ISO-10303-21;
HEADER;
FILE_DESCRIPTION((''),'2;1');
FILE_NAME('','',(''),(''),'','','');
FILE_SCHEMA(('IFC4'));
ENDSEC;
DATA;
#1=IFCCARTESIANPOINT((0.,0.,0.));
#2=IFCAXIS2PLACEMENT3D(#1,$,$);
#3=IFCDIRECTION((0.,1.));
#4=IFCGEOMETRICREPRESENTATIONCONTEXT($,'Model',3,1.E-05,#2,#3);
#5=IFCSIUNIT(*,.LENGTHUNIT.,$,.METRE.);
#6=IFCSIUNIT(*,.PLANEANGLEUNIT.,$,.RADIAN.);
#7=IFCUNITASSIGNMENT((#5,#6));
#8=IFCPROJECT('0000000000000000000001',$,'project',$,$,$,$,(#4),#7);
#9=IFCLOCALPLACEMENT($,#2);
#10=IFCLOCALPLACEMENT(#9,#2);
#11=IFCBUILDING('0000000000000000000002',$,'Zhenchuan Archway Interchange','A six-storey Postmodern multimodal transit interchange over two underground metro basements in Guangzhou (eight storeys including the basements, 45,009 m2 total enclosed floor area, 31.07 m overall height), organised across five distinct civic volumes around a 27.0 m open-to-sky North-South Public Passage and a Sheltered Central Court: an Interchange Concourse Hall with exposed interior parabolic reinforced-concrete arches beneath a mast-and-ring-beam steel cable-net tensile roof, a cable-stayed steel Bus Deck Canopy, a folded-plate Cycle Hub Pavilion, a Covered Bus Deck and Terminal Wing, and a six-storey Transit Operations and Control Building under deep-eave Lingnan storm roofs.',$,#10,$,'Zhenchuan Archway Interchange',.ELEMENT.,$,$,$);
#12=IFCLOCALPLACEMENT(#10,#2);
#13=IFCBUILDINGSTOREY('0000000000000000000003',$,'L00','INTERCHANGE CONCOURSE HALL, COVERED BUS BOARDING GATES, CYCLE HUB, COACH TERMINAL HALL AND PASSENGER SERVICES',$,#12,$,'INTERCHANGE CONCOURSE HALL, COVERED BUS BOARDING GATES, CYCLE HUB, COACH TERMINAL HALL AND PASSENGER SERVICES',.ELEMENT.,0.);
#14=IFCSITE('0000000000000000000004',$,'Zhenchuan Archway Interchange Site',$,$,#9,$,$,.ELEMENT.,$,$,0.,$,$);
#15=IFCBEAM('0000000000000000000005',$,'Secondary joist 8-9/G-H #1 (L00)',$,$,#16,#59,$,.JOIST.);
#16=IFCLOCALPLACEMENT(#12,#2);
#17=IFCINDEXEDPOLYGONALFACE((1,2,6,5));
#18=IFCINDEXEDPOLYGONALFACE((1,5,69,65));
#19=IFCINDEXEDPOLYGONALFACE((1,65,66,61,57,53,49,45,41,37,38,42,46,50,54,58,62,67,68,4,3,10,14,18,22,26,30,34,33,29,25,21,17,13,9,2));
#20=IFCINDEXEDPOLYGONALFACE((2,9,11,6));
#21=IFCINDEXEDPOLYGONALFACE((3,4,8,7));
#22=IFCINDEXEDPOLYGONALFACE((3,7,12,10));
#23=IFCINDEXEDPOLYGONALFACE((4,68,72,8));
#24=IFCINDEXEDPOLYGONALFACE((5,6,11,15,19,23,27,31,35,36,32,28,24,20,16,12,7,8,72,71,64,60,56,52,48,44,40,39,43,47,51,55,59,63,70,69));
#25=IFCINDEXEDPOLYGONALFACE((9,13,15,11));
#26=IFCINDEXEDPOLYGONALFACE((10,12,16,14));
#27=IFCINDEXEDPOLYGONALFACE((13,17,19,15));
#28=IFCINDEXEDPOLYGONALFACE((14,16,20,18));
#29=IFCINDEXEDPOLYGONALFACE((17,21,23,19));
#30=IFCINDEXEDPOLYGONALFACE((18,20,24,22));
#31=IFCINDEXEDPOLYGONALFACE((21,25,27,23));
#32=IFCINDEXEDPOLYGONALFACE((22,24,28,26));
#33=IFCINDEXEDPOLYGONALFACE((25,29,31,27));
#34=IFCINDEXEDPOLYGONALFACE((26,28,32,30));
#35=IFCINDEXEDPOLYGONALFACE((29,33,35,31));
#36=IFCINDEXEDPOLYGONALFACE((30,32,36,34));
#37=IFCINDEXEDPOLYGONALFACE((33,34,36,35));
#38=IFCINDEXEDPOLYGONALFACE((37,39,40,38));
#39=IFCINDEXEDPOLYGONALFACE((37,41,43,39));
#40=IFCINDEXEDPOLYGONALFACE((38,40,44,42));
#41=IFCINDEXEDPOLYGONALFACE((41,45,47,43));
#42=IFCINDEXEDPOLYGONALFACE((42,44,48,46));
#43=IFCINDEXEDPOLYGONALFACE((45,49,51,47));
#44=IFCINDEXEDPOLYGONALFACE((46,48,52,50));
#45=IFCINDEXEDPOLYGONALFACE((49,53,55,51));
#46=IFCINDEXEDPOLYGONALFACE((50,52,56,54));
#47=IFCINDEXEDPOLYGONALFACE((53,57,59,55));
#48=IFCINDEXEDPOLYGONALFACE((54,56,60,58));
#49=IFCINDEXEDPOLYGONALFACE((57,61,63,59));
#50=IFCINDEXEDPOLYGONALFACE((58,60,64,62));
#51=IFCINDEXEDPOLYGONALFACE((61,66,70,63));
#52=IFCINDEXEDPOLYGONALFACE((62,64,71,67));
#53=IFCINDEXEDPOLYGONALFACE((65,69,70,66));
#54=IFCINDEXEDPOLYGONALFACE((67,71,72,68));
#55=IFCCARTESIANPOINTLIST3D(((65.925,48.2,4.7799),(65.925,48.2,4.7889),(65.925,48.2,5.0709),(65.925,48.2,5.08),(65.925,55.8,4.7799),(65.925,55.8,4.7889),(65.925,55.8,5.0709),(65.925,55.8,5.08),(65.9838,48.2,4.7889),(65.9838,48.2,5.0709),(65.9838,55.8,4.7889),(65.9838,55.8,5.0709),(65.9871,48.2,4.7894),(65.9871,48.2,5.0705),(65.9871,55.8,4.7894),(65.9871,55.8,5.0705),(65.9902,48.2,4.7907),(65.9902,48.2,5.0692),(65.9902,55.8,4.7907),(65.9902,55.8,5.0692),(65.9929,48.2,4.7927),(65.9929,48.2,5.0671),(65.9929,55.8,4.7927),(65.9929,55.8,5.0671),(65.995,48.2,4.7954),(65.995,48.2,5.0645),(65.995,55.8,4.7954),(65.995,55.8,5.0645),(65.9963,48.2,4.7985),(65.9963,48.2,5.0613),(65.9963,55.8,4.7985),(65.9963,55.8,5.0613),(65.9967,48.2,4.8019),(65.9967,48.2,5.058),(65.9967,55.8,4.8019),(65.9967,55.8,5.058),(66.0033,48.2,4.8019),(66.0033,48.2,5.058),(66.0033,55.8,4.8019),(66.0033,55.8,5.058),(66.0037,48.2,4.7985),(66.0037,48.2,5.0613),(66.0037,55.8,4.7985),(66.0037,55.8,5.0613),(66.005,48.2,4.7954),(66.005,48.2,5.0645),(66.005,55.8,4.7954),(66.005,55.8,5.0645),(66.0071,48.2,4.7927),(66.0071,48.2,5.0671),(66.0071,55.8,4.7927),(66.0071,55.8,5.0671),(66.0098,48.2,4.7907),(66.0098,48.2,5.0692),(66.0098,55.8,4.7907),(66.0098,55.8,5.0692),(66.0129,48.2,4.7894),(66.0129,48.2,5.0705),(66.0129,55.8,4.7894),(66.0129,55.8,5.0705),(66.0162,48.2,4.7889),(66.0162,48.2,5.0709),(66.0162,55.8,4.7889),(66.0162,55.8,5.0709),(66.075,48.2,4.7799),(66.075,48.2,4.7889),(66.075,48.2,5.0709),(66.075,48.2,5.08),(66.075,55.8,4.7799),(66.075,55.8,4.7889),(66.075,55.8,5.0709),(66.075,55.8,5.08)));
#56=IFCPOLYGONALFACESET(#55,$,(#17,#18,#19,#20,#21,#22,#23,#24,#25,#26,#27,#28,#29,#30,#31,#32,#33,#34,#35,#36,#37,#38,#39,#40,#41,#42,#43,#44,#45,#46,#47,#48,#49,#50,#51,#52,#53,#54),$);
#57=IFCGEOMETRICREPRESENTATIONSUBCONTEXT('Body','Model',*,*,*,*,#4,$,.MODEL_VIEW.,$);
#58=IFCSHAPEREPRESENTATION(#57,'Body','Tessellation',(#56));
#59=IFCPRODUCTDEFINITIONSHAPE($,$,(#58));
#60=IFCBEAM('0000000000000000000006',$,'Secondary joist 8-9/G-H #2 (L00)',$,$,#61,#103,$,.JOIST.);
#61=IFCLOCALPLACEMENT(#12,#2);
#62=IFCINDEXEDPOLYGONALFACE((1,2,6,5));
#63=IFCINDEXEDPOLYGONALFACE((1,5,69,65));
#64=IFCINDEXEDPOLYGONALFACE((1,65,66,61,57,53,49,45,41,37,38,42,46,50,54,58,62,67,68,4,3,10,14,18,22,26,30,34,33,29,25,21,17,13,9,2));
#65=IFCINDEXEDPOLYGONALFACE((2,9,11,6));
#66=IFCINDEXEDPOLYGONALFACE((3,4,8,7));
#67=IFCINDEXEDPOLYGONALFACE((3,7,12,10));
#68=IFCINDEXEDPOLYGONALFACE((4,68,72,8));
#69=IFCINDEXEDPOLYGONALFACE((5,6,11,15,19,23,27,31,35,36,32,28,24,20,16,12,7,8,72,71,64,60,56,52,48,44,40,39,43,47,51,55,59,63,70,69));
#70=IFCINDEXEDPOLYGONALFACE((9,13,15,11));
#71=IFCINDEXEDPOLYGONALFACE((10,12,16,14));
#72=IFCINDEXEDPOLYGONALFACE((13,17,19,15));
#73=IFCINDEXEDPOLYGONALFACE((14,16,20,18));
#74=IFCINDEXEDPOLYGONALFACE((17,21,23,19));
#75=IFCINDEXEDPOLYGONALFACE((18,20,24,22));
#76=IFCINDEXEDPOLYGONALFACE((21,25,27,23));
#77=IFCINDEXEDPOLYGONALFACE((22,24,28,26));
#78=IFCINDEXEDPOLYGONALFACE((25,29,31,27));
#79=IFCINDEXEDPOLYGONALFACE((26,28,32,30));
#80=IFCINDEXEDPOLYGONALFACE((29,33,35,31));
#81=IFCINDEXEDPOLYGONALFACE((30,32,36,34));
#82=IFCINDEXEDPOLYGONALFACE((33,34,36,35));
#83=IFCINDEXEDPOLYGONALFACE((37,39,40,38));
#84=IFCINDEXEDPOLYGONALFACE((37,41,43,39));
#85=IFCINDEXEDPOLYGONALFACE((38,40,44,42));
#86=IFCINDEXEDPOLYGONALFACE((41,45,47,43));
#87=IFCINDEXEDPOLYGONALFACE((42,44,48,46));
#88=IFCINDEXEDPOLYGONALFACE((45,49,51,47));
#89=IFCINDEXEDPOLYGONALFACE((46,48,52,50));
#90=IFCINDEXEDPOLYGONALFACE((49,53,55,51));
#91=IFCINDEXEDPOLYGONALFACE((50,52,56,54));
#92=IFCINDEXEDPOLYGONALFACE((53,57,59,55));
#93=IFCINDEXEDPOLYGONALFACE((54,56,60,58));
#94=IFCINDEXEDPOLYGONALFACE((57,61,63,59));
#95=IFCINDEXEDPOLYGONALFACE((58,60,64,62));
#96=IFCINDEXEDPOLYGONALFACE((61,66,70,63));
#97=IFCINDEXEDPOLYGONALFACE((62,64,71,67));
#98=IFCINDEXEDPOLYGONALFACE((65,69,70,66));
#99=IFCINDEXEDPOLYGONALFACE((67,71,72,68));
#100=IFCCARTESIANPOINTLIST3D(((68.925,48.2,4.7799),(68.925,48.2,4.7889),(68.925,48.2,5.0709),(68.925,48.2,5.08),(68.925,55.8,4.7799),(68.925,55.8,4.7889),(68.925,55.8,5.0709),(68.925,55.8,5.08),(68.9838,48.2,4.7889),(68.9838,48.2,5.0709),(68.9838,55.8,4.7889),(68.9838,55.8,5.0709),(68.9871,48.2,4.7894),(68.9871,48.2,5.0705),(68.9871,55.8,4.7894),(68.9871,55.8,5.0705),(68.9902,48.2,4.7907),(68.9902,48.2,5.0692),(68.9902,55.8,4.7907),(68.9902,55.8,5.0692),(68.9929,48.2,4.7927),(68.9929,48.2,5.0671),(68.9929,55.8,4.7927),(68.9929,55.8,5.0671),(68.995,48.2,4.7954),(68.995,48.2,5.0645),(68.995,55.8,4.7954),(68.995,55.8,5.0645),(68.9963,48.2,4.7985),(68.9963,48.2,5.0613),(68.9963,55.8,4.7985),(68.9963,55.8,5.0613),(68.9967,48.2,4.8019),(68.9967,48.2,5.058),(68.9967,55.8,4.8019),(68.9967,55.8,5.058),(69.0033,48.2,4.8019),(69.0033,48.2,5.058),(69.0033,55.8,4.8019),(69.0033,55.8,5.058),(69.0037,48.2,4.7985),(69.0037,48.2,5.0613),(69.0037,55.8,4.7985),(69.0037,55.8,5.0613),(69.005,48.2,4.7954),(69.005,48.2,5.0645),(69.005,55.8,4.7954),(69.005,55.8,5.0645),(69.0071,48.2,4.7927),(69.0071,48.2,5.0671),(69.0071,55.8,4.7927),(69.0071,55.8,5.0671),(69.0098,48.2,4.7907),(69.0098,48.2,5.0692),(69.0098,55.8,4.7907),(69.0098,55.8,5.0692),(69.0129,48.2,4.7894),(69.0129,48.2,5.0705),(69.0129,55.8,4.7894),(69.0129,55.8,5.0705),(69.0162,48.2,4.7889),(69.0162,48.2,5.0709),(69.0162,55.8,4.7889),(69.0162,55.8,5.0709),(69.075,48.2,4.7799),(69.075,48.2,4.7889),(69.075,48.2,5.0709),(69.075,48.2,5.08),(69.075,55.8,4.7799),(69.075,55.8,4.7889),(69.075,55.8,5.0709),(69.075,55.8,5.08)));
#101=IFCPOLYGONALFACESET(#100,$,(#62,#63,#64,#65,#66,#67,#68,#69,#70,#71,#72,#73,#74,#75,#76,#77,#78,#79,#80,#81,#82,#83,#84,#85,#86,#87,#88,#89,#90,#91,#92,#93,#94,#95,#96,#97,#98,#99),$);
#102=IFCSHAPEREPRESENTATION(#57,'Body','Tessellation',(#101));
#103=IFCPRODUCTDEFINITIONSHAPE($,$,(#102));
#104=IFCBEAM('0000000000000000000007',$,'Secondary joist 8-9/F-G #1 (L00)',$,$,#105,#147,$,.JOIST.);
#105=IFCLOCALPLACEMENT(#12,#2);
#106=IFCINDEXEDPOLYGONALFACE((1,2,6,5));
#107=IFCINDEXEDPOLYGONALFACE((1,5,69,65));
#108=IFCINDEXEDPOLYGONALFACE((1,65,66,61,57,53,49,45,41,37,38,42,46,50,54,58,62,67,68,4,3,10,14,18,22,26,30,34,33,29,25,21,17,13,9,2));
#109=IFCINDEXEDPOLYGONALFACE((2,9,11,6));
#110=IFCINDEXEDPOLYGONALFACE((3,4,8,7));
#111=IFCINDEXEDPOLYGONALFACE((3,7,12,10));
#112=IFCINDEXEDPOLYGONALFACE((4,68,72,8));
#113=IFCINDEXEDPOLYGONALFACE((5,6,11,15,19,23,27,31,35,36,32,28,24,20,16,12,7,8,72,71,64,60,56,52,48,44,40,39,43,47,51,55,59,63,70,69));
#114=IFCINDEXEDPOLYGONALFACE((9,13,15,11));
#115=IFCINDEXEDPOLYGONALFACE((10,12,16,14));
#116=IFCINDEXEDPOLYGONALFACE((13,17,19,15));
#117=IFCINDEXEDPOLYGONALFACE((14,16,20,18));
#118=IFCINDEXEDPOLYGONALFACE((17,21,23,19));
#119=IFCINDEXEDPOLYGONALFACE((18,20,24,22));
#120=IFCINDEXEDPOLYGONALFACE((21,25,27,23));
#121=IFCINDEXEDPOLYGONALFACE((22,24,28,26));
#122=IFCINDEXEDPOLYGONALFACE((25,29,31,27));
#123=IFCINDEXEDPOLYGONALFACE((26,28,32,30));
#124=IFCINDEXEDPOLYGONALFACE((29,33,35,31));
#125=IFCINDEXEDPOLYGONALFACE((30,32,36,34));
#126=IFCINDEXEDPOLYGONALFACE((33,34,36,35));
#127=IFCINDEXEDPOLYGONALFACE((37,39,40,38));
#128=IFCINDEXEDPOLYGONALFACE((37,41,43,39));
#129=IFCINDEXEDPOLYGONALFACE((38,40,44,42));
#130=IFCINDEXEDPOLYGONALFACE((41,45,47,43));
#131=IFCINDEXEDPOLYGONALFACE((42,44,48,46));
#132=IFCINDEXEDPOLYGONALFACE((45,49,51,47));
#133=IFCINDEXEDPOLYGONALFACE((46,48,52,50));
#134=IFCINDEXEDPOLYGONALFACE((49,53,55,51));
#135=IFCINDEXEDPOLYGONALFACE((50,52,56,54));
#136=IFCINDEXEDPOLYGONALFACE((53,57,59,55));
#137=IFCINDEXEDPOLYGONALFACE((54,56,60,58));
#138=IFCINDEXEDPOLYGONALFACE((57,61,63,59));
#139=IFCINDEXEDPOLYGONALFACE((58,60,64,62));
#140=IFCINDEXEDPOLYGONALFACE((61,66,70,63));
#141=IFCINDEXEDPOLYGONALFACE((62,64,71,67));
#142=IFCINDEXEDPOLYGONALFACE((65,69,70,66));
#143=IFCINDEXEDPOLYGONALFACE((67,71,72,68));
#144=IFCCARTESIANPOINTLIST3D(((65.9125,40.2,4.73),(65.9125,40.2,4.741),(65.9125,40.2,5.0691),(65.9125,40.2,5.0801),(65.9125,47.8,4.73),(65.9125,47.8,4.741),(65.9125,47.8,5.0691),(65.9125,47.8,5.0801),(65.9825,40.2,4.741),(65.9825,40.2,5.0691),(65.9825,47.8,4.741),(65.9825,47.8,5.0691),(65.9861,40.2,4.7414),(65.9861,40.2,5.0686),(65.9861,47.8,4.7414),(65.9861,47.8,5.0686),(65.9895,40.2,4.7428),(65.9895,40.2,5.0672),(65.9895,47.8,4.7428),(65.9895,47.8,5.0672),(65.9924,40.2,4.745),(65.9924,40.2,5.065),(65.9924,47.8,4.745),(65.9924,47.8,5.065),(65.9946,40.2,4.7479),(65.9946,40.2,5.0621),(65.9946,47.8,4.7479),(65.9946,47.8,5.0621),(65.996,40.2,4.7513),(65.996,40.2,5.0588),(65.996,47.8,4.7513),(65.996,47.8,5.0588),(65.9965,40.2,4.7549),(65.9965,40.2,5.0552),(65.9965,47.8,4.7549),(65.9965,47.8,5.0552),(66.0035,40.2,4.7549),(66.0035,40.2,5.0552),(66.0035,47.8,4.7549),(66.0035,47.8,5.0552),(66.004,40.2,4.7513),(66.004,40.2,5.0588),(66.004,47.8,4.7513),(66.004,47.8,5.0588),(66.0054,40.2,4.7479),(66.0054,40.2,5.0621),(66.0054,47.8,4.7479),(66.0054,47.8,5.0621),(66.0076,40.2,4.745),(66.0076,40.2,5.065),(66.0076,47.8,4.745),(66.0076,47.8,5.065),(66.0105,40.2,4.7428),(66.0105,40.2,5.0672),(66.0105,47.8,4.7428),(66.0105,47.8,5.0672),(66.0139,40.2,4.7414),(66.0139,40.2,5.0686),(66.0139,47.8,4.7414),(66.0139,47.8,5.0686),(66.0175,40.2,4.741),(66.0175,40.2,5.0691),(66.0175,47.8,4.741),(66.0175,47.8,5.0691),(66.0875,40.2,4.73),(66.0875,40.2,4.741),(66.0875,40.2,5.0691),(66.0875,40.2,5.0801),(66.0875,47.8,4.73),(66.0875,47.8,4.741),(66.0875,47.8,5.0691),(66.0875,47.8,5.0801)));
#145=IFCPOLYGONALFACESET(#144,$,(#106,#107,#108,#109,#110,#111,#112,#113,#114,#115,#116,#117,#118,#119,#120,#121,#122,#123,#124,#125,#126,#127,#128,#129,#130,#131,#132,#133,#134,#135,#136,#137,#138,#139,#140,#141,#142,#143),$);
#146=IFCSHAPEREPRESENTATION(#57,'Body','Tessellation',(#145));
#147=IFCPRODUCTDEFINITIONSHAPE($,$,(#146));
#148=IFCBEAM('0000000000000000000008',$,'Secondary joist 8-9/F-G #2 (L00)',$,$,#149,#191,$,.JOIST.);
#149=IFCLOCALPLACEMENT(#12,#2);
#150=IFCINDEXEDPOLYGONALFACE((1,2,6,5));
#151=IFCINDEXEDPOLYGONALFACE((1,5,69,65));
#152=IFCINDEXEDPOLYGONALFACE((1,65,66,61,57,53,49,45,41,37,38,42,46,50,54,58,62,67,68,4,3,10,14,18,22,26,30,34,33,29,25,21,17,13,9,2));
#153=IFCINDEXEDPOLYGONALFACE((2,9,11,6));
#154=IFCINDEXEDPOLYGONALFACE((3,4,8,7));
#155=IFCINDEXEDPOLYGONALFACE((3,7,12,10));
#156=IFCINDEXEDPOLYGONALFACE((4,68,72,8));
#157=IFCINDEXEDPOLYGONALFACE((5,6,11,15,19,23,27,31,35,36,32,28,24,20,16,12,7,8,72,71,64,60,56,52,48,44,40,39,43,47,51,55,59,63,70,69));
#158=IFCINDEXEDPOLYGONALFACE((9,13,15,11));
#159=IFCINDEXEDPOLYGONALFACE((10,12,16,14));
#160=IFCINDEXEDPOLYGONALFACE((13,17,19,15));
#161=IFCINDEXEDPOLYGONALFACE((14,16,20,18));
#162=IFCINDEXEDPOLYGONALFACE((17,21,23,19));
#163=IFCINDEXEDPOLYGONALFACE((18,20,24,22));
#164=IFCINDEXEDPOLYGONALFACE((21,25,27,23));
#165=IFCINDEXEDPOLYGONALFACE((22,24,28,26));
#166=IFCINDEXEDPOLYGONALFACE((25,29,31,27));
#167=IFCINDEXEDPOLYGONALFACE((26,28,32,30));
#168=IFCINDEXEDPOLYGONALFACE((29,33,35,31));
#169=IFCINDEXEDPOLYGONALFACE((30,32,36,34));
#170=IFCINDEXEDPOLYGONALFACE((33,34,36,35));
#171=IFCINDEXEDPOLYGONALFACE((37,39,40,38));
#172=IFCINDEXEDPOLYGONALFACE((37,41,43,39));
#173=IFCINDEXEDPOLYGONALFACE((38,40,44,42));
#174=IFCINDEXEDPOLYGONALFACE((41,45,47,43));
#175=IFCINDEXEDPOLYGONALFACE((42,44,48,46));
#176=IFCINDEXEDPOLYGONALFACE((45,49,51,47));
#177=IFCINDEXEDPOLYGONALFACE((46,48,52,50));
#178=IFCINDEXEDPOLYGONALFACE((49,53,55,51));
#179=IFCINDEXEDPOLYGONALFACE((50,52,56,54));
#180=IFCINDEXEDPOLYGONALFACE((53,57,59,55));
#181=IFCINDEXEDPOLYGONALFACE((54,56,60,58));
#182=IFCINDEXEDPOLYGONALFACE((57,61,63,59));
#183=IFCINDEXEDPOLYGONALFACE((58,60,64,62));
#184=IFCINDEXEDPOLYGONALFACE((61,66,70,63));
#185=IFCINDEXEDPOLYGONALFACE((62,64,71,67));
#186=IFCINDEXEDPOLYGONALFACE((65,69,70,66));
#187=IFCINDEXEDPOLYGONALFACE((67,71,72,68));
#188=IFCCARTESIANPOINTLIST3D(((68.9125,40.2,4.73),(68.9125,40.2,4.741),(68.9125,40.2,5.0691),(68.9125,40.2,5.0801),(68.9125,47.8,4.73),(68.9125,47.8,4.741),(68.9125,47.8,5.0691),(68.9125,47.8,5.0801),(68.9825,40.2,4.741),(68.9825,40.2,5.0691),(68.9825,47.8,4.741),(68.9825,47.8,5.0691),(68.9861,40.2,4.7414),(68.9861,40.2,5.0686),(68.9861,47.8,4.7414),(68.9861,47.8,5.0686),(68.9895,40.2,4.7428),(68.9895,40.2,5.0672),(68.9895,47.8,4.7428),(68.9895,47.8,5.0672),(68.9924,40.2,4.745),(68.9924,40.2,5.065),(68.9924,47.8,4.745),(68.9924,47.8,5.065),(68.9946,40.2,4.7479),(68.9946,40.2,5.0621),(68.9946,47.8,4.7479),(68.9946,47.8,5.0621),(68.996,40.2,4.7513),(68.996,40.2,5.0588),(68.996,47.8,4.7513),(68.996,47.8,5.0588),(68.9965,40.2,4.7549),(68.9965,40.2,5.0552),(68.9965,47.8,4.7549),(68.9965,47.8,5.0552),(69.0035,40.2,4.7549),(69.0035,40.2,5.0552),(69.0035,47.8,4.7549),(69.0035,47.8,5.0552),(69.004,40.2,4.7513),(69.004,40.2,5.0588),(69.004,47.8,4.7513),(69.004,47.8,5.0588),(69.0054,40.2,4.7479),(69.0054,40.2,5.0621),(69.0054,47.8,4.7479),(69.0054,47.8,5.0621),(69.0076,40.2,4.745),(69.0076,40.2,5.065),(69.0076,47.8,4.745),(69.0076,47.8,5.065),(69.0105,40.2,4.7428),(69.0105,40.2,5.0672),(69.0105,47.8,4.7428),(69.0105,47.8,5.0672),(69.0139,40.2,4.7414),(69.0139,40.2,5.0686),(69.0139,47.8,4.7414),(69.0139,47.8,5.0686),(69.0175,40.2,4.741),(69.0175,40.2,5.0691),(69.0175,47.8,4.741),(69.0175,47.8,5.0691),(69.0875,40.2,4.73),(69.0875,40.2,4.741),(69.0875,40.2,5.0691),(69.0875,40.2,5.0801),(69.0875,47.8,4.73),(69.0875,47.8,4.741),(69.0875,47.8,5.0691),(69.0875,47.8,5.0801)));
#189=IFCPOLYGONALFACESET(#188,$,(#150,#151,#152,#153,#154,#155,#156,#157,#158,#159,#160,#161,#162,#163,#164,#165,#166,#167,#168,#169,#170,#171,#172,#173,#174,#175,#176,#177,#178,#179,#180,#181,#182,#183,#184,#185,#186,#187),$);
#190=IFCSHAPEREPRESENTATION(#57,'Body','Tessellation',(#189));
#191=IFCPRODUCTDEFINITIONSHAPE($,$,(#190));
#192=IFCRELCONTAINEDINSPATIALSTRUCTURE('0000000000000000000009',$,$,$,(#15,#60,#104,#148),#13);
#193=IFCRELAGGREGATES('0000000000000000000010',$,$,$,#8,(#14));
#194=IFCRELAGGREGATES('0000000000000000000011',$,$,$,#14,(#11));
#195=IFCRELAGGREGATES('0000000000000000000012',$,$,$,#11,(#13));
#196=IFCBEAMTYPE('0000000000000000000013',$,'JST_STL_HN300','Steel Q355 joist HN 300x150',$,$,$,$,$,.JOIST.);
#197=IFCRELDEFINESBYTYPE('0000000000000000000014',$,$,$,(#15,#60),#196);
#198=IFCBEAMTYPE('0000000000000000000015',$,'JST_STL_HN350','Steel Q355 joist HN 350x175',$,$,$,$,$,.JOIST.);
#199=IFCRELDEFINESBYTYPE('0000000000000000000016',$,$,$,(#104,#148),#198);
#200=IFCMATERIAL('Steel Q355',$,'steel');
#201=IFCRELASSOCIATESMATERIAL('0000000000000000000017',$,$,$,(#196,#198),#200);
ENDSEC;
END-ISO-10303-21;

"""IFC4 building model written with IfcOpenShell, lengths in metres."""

from ifc_helpers import new_model, si_unit, direction, frame, origin, origin_2d, place, context, subcontext, project, spatial, i_section, extrude, material, material_profile, profile_set, type_object, element, save


model = new_model("IFC4")

# Units and contexts
model_context = context("Model", 3, precision=1e-05, world=origin(), true_north=direction((0.0, 1.0)))
body_context = subcontext(model_context, "Body", "Model", "MODEL_VIEW")
ifc_project = project(units=[si_unit("LENGTHUNIT", "METRE"), si_unit("PLANEANGLEUNIT", "RADIAN")], contexts=[model_context])

# Site, building, storey
site_placement = place(None, origin())
site = spatial("IfcSite", under=ifc_project, at=site_placement, Name="Zhenchuan Archway Interchange Site", CompositionType="ELEMENT", RefElevation=0.0)
building_placement = place(site_placement, origin())
building = spatial("IfcBuilding", under=site, at=building_placement, Name="Zhenchuan Archway Interchange", Description="A six-storey Postmodern multimodal transit interchange over two underground metro basements in Guangzhou (eight storeys including the basements, 45,009 m2 total enclosed floor area, 31.07 m overall height), organised across five distinct civic volumes around a 27.0 m open-to-sky North-South Public Passage and a Sheltered Central Court: an Interchange Concourse Hall with exposed interior parabolic reinforced-concrete arches beneath a mast-and-ring-beam steel cable-net tensile roof, a cable-stayed steel Bus Deck Canopy, a folded-plate Cycle Hub Pavilion, a Covered Bus Deck and Terminal Wing, and a six-storey Transit Operations and Control Building under deep-eave Lingnan storm roofs.", LongName="Zhenchuan Archway Interchange", CompositionType="ELEMENT")
storey_placement = place(building_placement, origin())
storey = spatial("IfcBuildingStorey", under=building, at=storey_placement, Name="L00", Description="INTERCHANGE CONCOURSE HALL, COVERED BUS BOARDING GATES, CYCLE HUB, COACH TERMINAL HALL AND PASSENGER SERVICES", LongName="INTERCHANGE CONCOURSE HALL, COVERED BUS BOARDING GATES, CYCLE HUB, COACH TERMINAL HALL AND PASSENGER SERVICES", CompositionType="ELEMENT", Elevation=0.0)

# Beams
ifc_material_1 = material(Name="Steel Q355", Category="steel")
ifc_material_profile_1 = material_profile(ifc_material_1, i_section(OverallWidth=0.1499, OverallDepth=0.3, WebThickness=0.0066, FlangeThickness=0.009, FilletRadius=0.0129, at=origin_2d()), Name="HN 300x150")
ifc_profile_set_1 = profile_set([ifc_material_profile_1], Name="Steel Q355")
beam_type_1 = type_object("IfcBeamType", Name="JST_STL_HN300", Description="Steel Q355 joist HN 300x150", PredefinedType="JOIST", material=ifc_profile_set_1)
for number, where, z_axis, x_axis, name in (
    (1, (66.0, 48.2, 4.9299), (0.0, 1.0, 0.0), (-1.0, 0.0, 0.0), "Secondary joist 8-9/G-H #1 (L00)"),
    (2, (69.0, 48.2, 4.9299), (0.0, 1.0, 0.0), (-1.0, 0.0, 0.0), "Secondary joist 8-9/G-H #2 (L00)"),
):
    element("IfcBeam", number, at=place(storey_placement, frame(where, z_axis=z_axis, x_axis=x_axis)), inside=storey, type_object=beam_type_1, Name=name, PredefinedType="JOIST", context=body_context, shape_type="SweptSolid", body=[
        extrude(i_section(OverallWidth=0.1499, OverallDepth=0.3, WebThickness=0.0066, FlangeThickness=0.009, FilletRadius=0.0129, at=origin_2d()), origin(), (0.0, 0.0, 1.0), 7.6001),
    ])
ifc_material_profile_2 = material_profile(ifc_material_1, i_section(OverallWidth=0.175, OverallDepth=0.3501, WebThickness=0.0071, FlangeThickness=0.011, FilletRadius=0.0139, at=origin_2d()), Name="HN 350x175")
ifc_profile_set_2 = profile_set([ifc_material_profile_2], Name="Steel Q355")
beam_type_2 = type_object("IfcBeamType", Name="JST_STL_HN350", Description="Steel Q355 joist HN 350x175", PredefinedType="JOIST", material=ifc_profile_set_2)
for number, where, z_axis, x_axis, name in (
    (3, (66.0, 40.2, 4.905), (0.0, 1.0, 0.0), (-1.0, 0.0, 0.0), "Secondary joist 8-9/F-G #1 (L00)"),
    (4, (69.0, 40.2, 4.905), (0.0, 1.0, 0.0), (-1.0, 0.0, 0.0), "Secondary joist 8-9/F-G #2 (L00)"),
):
    element("IfcBeam", number, at=place(storey_placement, frame(where, z_axis=z_axis, x_axis=x_axis)), inside=storey, type_object=beam_type_2, Name=name, PredefinedType="JOIST", context=body_context, shape_type="SweptSolid", body=[
        extrude(i_section(OverallWidth=0.175, OverallDepth=0.3501, WebThickness=0.0071, FlangeThickness=0.011, FilletRadius=0.0139, at=origin_2d()), origin(), (0.0, 0.0, 1.0), 7.6001),
    ])

save(model, "model.ifc")
